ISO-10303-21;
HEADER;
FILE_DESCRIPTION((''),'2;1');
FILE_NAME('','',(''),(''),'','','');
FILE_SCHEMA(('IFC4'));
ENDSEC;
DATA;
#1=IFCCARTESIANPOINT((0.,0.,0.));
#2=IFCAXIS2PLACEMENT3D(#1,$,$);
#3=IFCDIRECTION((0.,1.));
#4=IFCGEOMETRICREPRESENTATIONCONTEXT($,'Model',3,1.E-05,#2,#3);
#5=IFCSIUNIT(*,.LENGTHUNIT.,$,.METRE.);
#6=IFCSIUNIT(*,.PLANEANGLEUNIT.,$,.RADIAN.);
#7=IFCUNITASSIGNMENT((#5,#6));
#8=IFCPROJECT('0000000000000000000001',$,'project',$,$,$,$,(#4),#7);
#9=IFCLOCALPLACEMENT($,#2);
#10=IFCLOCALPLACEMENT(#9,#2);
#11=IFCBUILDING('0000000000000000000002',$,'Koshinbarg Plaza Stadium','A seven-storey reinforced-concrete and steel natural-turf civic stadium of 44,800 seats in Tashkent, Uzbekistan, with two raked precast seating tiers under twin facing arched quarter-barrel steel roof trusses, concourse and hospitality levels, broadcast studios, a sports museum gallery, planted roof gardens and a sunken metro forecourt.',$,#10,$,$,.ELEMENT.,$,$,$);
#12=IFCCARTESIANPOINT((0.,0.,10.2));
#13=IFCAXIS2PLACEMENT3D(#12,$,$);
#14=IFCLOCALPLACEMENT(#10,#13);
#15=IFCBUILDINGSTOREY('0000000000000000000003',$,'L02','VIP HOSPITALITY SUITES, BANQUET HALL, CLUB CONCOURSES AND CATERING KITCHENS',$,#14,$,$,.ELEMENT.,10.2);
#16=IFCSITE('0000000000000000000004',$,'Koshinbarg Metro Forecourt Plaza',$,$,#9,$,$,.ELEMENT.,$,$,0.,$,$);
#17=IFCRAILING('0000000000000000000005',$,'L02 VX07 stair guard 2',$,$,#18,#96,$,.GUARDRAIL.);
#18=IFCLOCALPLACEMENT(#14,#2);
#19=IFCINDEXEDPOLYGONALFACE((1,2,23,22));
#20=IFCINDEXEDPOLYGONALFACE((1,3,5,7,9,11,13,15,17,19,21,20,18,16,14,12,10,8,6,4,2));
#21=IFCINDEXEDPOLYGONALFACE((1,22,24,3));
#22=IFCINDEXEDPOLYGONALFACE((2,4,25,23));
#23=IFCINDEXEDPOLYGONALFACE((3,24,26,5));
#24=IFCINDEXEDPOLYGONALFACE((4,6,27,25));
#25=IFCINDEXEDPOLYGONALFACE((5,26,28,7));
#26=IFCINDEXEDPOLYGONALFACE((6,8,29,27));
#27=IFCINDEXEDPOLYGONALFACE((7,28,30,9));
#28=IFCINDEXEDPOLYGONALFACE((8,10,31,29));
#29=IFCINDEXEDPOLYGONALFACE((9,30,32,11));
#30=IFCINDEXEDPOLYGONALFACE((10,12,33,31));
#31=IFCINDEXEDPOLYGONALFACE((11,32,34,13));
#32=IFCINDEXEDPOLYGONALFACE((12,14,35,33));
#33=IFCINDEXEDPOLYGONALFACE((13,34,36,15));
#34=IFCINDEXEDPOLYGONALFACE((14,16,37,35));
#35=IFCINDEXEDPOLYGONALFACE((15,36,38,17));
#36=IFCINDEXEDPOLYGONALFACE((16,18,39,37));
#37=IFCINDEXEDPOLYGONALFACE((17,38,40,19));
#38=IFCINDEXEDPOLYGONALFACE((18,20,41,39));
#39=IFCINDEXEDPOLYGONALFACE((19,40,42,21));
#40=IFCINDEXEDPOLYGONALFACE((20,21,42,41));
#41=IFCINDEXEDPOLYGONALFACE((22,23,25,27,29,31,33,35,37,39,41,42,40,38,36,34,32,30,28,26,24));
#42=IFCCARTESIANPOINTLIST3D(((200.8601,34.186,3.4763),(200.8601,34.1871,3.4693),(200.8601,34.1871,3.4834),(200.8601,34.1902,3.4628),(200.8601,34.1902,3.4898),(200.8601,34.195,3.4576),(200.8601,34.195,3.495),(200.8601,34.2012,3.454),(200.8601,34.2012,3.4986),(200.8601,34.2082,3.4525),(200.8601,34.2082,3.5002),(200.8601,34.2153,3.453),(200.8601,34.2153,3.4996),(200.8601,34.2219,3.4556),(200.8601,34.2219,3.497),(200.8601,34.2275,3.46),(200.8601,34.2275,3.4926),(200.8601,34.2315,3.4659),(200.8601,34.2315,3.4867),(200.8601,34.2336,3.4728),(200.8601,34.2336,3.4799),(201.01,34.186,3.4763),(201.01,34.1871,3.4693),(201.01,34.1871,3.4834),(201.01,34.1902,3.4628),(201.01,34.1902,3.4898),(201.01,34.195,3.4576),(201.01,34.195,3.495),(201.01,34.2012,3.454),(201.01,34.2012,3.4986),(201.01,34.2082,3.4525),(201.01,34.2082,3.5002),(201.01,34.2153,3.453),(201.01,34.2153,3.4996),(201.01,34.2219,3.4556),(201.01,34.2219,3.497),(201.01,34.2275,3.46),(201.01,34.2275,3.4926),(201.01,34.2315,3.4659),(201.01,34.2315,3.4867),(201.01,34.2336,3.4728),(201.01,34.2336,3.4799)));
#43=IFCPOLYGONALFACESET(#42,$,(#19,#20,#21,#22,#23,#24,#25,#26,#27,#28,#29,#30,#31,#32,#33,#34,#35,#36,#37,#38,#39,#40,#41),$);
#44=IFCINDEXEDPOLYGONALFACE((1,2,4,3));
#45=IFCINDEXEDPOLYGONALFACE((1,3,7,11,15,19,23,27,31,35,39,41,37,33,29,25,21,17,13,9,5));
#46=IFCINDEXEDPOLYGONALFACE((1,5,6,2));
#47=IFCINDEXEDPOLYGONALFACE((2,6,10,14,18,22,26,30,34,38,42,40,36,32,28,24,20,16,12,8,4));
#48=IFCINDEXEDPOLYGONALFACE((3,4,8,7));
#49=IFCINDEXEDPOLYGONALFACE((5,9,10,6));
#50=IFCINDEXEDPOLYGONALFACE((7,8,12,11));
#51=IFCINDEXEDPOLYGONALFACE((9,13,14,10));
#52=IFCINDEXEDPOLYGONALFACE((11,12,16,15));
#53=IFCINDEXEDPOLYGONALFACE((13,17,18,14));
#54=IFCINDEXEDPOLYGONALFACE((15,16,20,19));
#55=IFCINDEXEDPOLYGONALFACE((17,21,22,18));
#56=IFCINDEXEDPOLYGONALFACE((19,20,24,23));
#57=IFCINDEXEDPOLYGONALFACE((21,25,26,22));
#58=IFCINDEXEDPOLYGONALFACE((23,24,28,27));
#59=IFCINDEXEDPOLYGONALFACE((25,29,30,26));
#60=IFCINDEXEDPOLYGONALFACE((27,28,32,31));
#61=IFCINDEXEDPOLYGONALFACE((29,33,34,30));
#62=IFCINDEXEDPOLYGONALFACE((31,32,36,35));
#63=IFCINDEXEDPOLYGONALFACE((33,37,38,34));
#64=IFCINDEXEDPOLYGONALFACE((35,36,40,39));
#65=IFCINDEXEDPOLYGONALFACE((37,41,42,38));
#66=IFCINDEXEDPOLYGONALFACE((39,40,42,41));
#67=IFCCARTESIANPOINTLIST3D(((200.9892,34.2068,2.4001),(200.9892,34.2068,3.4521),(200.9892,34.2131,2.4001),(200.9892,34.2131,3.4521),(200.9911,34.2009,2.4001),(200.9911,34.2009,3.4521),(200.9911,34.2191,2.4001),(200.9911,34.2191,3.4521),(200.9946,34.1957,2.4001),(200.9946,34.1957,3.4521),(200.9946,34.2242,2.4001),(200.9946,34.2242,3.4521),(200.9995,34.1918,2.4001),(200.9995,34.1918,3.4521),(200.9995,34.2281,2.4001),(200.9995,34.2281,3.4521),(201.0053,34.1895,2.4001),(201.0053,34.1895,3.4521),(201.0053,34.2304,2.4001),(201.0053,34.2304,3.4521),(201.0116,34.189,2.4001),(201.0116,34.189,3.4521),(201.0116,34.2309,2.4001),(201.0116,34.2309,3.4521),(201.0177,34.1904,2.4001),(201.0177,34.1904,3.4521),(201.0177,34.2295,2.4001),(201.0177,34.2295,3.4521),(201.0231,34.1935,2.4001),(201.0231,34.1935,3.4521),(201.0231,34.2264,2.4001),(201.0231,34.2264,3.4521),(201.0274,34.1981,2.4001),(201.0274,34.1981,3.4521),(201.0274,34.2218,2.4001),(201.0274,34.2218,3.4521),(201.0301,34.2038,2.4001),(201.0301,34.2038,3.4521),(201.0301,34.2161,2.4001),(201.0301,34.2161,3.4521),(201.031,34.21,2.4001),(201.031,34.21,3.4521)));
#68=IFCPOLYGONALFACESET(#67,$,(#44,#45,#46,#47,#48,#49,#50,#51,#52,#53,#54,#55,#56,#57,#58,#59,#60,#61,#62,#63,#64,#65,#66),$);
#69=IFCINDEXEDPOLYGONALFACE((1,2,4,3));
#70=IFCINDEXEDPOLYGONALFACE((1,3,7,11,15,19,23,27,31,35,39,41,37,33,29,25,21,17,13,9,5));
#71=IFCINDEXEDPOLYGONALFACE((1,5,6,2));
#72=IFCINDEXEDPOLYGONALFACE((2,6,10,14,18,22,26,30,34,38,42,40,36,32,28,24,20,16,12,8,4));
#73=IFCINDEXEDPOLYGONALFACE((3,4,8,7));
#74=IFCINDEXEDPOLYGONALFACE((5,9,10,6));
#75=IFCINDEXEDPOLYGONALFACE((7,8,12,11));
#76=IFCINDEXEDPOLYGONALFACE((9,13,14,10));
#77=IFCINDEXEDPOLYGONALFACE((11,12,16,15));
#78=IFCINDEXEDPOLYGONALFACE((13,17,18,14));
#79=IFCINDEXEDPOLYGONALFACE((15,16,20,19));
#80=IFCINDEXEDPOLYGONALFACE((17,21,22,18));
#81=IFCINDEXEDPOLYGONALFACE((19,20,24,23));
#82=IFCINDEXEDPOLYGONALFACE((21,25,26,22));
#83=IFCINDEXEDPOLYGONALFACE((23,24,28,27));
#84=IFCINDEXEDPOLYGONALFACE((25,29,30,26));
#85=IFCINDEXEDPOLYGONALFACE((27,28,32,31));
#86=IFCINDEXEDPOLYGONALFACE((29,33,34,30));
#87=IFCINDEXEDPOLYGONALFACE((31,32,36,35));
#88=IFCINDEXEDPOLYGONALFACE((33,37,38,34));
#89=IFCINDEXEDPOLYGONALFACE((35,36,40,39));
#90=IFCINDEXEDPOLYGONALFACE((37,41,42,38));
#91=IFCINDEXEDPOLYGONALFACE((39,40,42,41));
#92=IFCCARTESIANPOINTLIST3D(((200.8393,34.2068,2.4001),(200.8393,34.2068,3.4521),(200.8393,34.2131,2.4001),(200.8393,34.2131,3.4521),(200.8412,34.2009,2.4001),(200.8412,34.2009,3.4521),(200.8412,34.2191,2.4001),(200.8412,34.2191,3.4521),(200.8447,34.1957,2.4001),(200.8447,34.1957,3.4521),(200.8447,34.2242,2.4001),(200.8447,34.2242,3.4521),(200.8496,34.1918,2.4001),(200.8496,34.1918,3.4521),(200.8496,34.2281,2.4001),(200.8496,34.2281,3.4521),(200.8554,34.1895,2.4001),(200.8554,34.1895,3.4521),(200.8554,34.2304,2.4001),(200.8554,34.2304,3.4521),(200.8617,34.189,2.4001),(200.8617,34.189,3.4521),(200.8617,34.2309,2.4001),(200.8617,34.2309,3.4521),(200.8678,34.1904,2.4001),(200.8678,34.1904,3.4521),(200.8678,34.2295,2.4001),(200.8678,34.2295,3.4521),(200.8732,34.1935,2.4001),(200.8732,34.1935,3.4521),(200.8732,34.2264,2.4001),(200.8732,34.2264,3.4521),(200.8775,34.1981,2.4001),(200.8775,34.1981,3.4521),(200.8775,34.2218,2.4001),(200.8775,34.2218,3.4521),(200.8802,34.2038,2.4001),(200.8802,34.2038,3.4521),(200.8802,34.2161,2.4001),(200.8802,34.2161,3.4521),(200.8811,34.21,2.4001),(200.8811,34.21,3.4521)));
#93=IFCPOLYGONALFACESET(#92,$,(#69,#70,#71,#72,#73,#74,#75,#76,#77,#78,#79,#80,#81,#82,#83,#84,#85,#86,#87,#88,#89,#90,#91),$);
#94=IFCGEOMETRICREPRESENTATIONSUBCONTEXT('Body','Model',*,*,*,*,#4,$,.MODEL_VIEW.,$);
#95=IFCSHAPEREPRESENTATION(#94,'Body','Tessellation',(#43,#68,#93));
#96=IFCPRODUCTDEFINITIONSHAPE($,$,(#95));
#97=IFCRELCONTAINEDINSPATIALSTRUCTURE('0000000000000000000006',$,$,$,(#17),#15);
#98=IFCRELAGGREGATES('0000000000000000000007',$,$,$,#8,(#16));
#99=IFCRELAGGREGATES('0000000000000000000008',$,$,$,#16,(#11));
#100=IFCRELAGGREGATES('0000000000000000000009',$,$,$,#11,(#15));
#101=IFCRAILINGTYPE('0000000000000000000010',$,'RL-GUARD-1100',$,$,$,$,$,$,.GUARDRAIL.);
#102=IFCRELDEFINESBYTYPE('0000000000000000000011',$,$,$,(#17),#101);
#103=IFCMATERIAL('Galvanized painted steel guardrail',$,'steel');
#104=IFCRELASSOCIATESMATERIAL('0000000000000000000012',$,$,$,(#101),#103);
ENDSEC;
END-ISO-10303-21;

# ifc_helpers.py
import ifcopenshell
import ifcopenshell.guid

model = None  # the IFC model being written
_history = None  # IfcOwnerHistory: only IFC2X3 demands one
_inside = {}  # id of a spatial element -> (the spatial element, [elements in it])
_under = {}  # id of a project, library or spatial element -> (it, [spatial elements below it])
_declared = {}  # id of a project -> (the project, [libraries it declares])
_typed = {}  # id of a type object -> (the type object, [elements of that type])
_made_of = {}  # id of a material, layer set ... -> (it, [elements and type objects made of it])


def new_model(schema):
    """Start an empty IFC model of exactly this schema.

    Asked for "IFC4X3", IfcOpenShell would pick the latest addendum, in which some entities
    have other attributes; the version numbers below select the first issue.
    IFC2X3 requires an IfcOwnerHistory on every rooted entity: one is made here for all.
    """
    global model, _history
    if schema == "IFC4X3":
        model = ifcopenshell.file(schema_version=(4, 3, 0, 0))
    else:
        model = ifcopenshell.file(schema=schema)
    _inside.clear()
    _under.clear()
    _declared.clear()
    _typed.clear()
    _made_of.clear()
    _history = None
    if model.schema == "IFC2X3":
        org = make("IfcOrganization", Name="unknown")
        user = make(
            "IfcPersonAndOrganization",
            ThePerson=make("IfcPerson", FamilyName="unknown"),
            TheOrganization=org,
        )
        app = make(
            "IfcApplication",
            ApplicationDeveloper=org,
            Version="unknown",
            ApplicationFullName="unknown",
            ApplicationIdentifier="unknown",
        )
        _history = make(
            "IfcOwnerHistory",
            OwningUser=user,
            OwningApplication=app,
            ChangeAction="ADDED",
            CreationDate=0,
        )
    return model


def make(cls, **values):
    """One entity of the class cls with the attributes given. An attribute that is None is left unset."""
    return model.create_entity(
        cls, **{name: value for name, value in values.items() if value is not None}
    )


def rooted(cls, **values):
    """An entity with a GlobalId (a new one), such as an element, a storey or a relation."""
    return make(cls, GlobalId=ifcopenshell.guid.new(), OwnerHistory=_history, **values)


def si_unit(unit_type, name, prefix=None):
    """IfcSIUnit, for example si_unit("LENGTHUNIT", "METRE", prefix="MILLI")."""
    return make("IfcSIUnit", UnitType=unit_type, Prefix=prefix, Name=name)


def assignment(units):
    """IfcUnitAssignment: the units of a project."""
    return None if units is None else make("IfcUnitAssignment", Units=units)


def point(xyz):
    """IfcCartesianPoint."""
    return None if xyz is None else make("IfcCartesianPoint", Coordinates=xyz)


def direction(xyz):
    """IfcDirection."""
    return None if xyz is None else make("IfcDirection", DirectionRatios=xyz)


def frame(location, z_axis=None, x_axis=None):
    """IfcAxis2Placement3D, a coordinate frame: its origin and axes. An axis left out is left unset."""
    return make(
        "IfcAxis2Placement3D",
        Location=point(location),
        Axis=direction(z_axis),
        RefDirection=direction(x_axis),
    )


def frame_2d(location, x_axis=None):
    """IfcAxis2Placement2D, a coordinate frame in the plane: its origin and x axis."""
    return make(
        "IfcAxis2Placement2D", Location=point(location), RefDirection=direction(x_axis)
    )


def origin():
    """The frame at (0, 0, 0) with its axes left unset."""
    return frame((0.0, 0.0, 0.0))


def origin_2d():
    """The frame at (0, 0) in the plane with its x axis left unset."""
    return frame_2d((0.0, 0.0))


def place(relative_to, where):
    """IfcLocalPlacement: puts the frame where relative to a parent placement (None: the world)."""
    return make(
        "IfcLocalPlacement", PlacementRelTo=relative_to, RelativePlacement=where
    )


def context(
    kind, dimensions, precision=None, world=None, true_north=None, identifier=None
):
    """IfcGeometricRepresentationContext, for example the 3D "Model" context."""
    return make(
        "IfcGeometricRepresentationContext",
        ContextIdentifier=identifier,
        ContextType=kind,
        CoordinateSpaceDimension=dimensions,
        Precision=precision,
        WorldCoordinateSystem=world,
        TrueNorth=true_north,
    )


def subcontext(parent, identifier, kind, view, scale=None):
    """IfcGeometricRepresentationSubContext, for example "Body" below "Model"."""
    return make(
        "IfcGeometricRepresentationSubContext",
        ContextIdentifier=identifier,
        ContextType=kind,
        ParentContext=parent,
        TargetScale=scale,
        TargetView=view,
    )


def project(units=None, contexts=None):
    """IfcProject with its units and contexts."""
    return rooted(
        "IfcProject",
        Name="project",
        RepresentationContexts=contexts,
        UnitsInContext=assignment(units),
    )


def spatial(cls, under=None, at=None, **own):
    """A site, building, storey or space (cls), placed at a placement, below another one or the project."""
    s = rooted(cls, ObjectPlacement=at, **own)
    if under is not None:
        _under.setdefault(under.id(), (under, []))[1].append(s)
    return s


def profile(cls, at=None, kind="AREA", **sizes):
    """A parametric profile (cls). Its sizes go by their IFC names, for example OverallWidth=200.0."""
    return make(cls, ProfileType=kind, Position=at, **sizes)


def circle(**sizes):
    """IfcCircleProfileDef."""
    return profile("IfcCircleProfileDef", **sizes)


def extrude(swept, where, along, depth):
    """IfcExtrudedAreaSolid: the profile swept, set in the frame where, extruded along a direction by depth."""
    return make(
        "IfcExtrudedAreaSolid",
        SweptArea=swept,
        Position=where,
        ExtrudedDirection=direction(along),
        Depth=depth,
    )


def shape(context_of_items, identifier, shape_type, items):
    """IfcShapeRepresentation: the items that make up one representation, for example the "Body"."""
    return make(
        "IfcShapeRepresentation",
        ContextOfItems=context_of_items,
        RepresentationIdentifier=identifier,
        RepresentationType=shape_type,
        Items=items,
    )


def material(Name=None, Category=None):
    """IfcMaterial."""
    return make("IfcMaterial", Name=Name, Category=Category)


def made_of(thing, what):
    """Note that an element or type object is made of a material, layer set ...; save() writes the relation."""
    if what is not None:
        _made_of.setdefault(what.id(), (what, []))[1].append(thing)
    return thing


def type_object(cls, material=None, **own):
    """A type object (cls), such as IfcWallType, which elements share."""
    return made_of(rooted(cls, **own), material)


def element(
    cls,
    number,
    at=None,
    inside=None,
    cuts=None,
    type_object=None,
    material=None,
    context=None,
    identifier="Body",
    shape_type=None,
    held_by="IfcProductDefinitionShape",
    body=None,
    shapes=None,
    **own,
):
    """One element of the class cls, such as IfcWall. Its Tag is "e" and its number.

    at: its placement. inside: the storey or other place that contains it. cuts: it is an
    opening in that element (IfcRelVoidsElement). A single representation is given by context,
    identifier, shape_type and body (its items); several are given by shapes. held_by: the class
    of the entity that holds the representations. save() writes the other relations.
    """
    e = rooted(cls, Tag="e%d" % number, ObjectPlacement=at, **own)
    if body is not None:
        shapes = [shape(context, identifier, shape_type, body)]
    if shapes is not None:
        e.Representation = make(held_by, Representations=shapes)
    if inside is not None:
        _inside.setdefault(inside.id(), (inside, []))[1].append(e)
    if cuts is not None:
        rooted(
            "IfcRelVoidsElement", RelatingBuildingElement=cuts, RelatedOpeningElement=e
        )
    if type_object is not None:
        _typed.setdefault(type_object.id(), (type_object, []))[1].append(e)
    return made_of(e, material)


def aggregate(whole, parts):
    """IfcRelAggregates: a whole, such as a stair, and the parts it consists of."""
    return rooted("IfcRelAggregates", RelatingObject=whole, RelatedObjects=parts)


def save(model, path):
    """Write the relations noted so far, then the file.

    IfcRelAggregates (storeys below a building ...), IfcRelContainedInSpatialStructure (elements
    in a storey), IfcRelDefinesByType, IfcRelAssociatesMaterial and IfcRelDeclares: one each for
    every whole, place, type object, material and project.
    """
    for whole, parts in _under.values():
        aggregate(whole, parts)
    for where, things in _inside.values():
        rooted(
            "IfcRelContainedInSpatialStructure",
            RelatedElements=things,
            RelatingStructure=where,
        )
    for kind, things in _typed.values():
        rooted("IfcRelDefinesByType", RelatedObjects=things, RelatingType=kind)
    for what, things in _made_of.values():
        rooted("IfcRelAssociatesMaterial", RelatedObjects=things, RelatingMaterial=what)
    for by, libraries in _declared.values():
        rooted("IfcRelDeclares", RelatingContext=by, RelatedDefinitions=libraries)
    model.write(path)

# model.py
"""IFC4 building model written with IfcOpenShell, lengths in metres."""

from ifc_helpers import new_model, si_unit, direction, frame, origin, origin_2d, place, context, subcontext, project, spatial, circle, extrude, material, type_object, element, save


model = new_model("IFC4")

# Units and contexts
model_context = context("Model", 3, precision=1e-05, world=origin(), true_north=direction((0.0, 1.0)))
body_context = subcontext(model_context, "Body", "Model", "MODEL_VIEW")
ifc_project = project(units=[si_unit("LENGTHUNIT", "METRE"), si_unit("PLANEANGLEUNIT", "RADIAN")], contexts=[model_context])

# Site, building, storey
site_placement = place(None, origin())
site = spatial("IfcSite", under=ifc_project, at=site_placement, Name="Koshinbarg Metro Forecourt Plaza", CompositionType="ELEMENT", RefElevation=0.0)
building_placement = place(site_placement, origin())
building = spatial("IfcBuilding", under=site, at=building_placement, Name="Koshinbarg Plaza Stadium", Description="A seven-storey reinforced-concrete and steel natural-turf civic stadium of 44,800 seats in Tashkent, Uzbekistan, with two raked precast seating tiers under twin facing arched quarter-barrel steel roof trusses, concourse and hospitality levels, broadcast studios, a sports museum gallery, planted roof gardens and a sunken metro forecourt.", CompositionType="ELEMENT")
storey_placement = place(building_placement, frame((0.0, 0.0, 10.2)))
storey = spatial("IfcBuildingStorey", under=building, at=storey_placement, Name="L02", Description="VIP HOSPITALITY SUITES, BANQUET HALL, CLUB CONCOURSES AND CATERING KITCHENS", CompositionType="ELEMENT", Elevation=10.2)

# Railing
ifc_material_1 = material(Name="Galvanized painted steel guardrail", Category="steel")
railing_type_1 = type_object("IfcRailingType", Name="RL-GUARD-1100", PredefinedType="GUARDRAIL", material=ifc_material_1)
railing_placement = place(storey_placement, frame((201.01, 34.21, 2.4001)))
element("IfcRailing", 1, at=railing_placement, inside=storey, type_object=railing_type_1, Name="L02 VX07 stair guard 2", PredefinedType="GUARDRAIL", context=body_context, shape_type="SweptSolid", body=[
    extrude(circle(Radius=0.0239, at=origin_2d()), frame((0.0, 0.0, 1.0762), z_axis=(-1.0, 0.0, 0.0), x_axis=(0.0, -1.0, 0.0)), (0.0, 0.0, 1.0), 0.1499),
    extrude(circle(Radius=0.021, at=origin_2d()), origin(), (0.0, 0.0, 1.0), 1.052),
    extrude(circle(Radius=0.021, at=origin_2d()), frame((-0.1499, 0.0, 0.0)), (0.0, 0.0, 1.0), 1.052),
])

save(model, "model.ifc")
